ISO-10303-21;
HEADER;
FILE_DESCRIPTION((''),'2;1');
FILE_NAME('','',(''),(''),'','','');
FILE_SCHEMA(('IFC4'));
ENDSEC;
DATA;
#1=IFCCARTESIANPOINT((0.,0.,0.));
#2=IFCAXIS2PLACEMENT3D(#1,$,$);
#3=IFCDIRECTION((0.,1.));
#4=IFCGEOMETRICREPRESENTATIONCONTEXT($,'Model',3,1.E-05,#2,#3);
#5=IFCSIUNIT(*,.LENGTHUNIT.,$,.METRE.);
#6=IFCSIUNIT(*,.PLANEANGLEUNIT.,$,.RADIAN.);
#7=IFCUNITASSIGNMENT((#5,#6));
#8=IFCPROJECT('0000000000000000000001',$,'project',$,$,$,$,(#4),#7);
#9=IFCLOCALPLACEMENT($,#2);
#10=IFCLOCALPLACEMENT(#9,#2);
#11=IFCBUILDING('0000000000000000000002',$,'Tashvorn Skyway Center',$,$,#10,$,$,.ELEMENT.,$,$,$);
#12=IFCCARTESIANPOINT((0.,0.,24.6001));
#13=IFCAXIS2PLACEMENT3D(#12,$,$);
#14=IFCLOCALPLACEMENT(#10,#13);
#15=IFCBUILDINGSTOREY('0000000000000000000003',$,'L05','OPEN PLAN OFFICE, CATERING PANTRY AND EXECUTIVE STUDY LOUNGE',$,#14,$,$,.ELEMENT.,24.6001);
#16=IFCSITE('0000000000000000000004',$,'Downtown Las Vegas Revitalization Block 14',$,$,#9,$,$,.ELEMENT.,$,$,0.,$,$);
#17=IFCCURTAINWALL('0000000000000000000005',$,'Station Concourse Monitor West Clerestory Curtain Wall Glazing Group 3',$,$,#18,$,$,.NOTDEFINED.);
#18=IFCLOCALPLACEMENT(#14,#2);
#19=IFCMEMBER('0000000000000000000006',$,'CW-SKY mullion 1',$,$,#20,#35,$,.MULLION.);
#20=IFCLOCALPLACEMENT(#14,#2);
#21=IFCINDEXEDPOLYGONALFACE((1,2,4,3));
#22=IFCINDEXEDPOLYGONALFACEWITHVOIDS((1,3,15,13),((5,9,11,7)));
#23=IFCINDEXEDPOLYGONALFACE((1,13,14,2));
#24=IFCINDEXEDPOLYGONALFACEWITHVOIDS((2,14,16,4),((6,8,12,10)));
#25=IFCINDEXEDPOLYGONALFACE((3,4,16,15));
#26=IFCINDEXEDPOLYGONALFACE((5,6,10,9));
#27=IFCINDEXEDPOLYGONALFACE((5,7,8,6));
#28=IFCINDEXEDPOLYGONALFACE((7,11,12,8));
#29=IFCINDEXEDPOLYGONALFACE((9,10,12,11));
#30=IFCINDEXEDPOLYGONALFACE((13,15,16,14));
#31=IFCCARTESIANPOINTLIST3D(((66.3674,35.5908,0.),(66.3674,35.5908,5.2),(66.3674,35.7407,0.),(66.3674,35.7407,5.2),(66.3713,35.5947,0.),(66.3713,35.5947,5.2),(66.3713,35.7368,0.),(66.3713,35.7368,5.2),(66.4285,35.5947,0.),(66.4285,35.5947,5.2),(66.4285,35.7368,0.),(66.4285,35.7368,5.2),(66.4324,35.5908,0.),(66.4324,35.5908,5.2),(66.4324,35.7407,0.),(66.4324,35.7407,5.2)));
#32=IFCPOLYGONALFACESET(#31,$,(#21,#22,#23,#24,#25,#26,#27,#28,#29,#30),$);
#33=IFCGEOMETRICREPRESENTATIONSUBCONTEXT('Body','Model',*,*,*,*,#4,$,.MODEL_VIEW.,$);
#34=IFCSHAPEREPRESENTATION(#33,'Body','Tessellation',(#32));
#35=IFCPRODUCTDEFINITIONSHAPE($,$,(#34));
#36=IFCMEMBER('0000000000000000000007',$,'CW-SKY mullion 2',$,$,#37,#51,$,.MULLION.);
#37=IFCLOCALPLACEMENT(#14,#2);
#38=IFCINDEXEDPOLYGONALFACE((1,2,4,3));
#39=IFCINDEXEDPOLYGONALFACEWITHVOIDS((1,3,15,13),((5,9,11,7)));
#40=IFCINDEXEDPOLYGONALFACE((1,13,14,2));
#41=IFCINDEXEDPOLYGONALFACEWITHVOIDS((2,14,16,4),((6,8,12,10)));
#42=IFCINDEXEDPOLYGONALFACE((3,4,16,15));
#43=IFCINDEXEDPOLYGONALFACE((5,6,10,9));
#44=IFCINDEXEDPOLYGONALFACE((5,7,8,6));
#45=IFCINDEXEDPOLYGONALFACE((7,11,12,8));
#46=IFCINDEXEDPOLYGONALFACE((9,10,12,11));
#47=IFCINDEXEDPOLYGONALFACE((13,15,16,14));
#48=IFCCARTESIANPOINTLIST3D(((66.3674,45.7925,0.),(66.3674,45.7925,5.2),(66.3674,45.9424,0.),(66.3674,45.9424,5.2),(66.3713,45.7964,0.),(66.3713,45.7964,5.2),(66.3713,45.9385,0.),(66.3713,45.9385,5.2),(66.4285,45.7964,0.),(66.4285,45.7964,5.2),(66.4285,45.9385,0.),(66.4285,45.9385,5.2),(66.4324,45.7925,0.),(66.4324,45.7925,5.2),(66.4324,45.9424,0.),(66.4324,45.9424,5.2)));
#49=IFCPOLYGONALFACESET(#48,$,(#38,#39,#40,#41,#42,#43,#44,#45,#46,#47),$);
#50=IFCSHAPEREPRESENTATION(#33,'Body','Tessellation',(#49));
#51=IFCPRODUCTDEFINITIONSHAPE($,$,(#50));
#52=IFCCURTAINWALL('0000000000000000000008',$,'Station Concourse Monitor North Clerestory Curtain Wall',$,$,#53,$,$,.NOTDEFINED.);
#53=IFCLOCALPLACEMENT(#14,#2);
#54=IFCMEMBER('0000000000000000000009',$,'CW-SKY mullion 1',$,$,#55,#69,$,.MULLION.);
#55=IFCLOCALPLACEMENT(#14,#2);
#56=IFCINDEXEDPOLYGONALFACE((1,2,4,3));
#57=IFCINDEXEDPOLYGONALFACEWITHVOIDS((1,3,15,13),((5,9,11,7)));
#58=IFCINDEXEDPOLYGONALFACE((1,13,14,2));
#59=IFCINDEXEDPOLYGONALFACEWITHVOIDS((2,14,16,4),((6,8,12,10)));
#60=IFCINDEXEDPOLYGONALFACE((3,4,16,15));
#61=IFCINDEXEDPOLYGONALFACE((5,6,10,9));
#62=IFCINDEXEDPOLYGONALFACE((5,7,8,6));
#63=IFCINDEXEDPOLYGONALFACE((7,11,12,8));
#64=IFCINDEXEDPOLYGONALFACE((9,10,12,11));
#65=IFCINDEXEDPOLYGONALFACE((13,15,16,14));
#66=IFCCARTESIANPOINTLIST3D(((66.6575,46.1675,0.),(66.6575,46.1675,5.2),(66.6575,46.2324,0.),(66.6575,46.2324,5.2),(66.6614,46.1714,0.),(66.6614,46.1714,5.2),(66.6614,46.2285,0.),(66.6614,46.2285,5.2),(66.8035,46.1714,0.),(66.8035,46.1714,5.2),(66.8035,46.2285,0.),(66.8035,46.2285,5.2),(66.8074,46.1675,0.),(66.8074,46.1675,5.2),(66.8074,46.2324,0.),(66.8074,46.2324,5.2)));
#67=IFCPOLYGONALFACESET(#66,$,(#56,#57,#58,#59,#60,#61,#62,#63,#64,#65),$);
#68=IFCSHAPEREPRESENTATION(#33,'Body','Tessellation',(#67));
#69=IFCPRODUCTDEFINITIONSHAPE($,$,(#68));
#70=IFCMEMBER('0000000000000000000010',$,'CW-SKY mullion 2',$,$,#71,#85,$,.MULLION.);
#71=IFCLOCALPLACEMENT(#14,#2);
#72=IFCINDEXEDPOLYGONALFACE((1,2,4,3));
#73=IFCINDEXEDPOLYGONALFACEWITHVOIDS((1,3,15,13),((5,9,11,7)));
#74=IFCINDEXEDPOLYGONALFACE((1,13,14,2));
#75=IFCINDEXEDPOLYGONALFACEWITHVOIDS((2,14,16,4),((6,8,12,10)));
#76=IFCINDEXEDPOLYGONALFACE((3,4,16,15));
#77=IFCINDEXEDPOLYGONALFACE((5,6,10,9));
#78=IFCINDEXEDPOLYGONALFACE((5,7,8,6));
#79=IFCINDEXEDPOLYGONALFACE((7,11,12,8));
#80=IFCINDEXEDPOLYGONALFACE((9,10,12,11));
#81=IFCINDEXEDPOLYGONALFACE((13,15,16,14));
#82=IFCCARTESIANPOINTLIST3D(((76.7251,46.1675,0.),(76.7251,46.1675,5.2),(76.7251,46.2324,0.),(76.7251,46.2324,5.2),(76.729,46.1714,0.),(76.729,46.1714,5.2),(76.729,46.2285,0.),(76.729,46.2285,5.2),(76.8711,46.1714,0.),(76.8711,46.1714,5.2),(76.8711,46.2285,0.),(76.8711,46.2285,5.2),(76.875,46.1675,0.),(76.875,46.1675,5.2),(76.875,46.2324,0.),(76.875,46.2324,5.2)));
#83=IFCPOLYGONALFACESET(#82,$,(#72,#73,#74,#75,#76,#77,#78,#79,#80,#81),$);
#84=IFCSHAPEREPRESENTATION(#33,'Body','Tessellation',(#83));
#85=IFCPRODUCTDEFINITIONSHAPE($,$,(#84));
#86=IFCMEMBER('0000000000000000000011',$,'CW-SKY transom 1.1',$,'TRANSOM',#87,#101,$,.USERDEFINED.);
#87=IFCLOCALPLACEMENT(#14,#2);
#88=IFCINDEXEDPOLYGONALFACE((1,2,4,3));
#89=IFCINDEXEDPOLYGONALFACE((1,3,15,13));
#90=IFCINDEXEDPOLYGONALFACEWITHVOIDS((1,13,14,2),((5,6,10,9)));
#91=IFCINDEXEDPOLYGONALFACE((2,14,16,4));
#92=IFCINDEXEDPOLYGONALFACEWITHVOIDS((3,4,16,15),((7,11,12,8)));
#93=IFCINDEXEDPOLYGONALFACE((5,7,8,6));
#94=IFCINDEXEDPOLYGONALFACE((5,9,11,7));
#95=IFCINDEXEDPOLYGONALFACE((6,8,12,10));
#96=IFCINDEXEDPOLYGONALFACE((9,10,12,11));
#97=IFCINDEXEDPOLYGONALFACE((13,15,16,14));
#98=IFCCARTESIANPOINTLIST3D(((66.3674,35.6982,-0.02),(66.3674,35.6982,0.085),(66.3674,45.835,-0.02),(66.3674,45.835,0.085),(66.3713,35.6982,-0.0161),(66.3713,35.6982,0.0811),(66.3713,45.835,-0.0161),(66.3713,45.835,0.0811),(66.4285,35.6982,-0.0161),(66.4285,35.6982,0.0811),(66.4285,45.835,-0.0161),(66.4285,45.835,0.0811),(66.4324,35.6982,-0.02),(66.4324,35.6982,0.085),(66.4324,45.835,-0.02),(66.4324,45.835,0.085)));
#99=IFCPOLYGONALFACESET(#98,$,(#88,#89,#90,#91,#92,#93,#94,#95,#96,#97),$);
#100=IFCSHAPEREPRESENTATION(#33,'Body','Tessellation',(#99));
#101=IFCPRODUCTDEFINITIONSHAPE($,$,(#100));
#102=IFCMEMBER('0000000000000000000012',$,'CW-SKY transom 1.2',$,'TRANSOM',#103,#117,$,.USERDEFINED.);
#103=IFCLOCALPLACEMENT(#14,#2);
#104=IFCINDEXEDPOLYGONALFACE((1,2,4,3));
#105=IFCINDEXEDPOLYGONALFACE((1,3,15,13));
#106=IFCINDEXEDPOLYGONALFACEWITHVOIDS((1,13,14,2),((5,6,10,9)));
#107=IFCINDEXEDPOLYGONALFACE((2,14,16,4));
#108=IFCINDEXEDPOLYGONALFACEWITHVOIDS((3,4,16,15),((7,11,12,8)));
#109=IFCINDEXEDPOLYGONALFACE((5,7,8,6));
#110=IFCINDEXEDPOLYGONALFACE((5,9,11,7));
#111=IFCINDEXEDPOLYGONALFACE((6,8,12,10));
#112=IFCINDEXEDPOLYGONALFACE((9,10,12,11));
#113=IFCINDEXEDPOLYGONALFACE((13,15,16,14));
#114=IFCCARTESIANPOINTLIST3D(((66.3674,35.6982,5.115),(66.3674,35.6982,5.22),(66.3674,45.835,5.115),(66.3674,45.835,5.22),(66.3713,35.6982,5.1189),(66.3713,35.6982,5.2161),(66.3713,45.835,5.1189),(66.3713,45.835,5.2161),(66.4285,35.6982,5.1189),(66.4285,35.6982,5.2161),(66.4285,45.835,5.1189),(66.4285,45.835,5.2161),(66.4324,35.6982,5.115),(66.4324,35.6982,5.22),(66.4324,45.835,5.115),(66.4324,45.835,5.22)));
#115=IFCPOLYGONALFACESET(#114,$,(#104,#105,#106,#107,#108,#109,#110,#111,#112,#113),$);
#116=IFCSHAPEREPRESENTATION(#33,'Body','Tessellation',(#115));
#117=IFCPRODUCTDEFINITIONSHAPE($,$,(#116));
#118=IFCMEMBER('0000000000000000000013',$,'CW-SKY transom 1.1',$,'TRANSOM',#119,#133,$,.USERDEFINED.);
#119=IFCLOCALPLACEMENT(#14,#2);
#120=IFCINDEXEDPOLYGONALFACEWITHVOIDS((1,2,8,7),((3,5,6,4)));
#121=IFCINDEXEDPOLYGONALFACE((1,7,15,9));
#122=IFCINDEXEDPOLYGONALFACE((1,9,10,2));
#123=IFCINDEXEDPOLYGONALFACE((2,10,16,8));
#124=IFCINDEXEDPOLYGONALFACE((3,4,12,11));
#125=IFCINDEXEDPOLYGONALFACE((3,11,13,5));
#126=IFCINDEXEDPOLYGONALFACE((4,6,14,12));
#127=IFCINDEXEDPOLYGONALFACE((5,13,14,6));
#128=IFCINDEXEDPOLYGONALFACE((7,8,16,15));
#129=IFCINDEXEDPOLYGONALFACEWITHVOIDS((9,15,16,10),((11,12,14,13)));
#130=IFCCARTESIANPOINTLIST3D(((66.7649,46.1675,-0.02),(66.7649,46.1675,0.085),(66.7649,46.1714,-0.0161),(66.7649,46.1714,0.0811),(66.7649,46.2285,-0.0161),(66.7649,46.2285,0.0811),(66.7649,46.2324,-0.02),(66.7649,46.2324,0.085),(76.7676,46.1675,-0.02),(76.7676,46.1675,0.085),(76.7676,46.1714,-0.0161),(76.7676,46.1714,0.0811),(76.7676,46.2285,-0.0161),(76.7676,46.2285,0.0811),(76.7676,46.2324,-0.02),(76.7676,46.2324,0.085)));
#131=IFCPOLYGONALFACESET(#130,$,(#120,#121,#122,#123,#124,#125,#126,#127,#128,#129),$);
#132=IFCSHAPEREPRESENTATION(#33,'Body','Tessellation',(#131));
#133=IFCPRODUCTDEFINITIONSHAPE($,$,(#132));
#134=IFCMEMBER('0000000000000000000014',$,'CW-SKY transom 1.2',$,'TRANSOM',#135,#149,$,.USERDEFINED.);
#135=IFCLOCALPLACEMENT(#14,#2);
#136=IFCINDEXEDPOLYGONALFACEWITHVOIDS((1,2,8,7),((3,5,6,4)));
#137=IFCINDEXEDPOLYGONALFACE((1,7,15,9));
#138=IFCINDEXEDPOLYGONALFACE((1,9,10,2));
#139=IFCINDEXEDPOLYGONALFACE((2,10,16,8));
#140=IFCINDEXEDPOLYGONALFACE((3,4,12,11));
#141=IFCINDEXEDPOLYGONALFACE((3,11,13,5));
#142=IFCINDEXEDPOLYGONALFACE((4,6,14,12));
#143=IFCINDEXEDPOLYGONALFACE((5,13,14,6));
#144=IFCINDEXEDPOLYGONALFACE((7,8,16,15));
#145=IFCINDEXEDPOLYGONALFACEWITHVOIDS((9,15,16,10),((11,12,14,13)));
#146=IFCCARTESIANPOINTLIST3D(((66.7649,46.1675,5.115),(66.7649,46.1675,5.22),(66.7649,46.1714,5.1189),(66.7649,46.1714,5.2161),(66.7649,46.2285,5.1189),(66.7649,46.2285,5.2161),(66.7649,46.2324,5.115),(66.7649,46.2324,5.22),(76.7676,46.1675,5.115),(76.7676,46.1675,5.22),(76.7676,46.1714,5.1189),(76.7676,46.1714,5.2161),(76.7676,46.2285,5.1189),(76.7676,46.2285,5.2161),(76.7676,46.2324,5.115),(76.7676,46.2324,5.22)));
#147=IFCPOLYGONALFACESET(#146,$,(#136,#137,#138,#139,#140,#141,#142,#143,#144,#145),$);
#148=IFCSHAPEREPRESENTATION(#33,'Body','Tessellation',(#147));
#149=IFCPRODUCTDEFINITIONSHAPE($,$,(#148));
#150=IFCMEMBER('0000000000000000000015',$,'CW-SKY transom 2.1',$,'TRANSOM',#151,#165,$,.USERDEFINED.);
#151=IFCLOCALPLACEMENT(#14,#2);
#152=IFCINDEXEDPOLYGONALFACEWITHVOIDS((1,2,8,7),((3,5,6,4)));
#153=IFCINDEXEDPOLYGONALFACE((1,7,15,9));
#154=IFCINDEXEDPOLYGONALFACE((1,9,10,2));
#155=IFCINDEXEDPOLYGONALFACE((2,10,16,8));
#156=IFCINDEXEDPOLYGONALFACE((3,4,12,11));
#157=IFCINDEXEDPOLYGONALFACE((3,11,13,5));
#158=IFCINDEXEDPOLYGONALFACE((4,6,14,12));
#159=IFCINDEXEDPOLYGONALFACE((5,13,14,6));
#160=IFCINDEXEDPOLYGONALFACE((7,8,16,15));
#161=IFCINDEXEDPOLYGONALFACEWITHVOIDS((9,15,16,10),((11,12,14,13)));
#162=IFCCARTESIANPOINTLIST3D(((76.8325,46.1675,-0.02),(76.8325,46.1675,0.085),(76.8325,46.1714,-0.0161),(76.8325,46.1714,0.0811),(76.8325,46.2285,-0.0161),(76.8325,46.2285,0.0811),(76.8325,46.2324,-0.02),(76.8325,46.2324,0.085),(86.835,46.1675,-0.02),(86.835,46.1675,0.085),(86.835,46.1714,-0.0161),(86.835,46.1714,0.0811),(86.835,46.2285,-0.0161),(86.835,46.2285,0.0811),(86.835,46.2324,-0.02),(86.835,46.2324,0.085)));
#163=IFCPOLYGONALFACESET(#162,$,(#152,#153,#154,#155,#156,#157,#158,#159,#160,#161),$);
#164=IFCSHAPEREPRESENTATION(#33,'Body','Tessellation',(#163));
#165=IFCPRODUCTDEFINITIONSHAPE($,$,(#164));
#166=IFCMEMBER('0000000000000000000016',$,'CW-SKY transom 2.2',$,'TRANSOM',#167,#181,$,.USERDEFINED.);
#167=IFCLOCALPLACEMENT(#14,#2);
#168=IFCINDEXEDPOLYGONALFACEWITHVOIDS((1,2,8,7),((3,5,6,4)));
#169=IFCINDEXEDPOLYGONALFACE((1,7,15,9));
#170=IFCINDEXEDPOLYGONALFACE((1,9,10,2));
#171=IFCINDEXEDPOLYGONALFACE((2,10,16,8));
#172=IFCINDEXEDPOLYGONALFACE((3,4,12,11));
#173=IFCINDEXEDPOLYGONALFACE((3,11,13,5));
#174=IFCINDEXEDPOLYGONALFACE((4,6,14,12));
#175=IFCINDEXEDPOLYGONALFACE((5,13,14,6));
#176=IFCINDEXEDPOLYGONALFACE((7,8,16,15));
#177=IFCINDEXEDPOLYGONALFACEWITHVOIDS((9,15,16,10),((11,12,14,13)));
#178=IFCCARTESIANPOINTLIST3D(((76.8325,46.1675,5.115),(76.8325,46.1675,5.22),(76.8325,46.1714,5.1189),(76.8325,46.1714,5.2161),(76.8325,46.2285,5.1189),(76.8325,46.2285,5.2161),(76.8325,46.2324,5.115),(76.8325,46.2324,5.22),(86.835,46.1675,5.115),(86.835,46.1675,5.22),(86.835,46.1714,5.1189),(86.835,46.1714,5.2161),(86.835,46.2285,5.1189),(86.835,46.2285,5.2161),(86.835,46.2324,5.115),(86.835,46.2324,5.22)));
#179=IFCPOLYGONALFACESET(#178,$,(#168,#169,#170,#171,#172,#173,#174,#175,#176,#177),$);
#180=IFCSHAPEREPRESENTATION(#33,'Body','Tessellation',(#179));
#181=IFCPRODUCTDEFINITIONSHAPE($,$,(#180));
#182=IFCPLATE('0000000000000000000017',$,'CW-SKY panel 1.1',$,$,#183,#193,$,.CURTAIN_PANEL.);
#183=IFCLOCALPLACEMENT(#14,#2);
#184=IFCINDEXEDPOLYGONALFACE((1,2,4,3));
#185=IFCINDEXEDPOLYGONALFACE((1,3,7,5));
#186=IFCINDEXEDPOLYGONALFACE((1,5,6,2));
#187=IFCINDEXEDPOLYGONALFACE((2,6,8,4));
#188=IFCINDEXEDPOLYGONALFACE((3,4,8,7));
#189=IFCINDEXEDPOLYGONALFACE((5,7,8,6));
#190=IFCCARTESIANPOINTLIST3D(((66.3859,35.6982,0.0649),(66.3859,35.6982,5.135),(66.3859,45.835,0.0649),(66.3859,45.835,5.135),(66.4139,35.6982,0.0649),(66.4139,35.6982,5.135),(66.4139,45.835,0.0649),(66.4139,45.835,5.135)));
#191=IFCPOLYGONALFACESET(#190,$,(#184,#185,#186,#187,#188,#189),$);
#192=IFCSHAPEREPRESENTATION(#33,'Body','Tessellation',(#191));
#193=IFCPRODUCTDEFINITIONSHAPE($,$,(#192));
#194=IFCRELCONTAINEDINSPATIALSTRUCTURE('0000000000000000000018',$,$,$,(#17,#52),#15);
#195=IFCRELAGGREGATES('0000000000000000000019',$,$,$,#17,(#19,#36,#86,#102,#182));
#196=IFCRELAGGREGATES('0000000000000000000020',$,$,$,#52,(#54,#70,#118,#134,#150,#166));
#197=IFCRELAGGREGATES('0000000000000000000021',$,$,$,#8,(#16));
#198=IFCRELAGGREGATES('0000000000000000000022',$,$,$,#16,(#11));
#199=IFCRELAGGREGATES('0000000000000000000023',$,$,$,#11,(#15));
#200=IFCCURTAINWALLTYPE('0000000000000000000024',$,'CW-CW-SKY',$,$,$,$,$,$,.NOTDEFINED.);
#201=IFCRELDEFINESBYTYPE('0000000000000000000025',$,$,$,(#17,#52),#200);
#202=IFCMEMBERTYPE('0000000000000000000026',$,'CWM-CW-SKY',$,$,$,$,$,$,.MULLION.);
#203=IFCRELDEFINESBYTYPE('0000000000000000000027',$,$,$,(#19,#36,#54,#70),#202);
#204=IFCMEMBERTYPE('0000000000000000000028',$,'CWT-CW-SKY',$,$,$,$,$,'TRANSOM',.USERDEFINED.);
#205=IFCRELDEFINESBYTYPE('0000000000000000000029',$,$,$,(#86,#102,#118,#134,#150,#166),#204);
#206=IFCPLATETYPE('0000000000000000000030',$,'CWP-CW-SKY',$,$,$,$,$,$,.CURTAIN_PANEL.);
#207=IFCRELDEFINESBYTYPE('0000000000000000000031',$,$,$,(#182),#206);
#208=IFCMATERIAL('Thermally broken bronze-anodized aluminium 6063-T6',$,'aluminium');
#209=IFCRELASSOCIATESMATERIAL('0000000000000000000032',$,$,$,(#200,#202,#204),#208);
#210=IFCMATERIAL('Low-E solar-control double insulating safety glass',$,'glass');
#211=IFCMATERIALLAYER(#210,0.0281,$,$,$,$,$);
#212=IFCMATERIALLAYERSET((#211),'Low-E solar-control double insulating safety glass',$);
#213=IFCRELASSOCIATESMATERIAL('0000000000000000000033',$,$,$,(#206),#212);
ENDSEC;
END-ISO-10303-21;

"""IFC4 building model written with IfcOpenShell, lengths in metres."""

from ifc_helpers import new_model, si_unit, direction, frame, origin, origin_2d, place, context, subcontext, project, spatial, rectangle, hollow_rectangle, extrude, material, layer, layer_set, material_profile, profile_set, type_object, element, aggregate, save


model = new_model("IFC4")

# Units and contexts
model_context = context("Model", 3, precision=1e-05, world=origin(), true_north=direction((0.0, 1.0)))
body_context = subcontext(model_context, "Body", "Model", "MODEL_VIEW")
ifc_project = project(units=[si_unit("LENGTHUNIT", "METRE"), si_unit("PLANEANGLEUNIT", "RADIAN")], contexts=[model_context])

# Site, building, storey
site_placement = place(None, origin())
site = spatial("IfcSite", under=ifc_project, at=site_placement, Name="Downtown Las Vegas Revitalization Block 14", CompositionType="ELEMENT", RefElevation=0.0)
building_placement = place(site_placement, origin())
building = spatial("IfcBuilding", under=site, at=building_placement, Name="Tashvorn Skyway Center", CompositionType="ELEMENT")
storey_placement = place(building_placement, frame((0.0, 0.0, 24.6001)))
storey = spatial("IfcBuildingStorey", under=building, at=storey_placement, Name="L05", Description="OPEN PLAN OFFICE, CATERING PANTRY AND EXECUTIVE STUDY LOUNGE", CompositionType="ELEMENT", Elevation=24.6001)

# Curtain walls, members
ifc_material_1 = material(Name="Thermally broken bronze-anodized aluminium 6063-T6", Category="aluminium")
curtain_wall_type = type_object("IfcCurtainWallType", Name="CW-CW-SKY", PredefinedType="NOTDEFINED", material=ifc_material_1)
curtain_wall_1_placement = place(storey_placement, origin())
curtain_wall_1 = element("IfcCurtainWall", 1, at=curtain_wall_1_placement, inside=storey, type_object=curtain_wall_type, Name="Station Concourse Monitor West Clerestory Curtain Wall Glazing Group 3", PredefinedType="NOTDEFINED")
ifc_material_profile_1 = material_profile(ifc_material_1, hollow_rectangle(XDim=0.0649, YDim=0.1499, WallThickness=0.0039, at=origin_2d()), Name="ALU-MULL-65x150")
ifc_profile_set_1 = profile_set([ifc_material_profile_1], Name="Thermally broken bronze-anodized aluminium 6063-T6")
member_type_1 = type_object("IfcMemberType", Name="CWM-CW-SKY", PredefinedType="MULLION", material=ifc_profile_set_1)
member_1_placement = place(storey_placement, frame((66.3999, 35.6658, 0.0), z_axis=(0.0, 0.0, 1.0), x_axis=(-1.0, 0.0, 0.0)))
member_1 = element("IfcMember", 2, at=member_1_placement, type_object=member_type_1, Name="CW-SKY mullion 1", PredefinedType="MULLION", context=body_context, shape_type="SweptSolid", body=[
    extrude(hollow_rectangle(XDim=0.0649, YDim=0.1499, WallThickness=0.0039, at=origin_2d()), origin(), (0.0, 0.0, 1.0), 5.2),
])
member_2_placement = place(storey_placement, frame((66.3999, 45.8674, 0.0), z_axis=(0.0, 0.0, 1.0), x_axis=(-1.0, 0.0, 0.0)))
member_2 = element("IfcMember", 3, at=member_2_placement, type_object=member_type_1, Name="CW-SKY mullion 2", PredefinedType="MULLION", context=body_context, shape_type="SweptSolid", body=[
    extrude(hollow_rectangle(XDim=0.0649, YDim=0.1499, WallThickness=0.0039, at=origin_2d()), origin(), (0.0, 0.0, 1.0), 5.2),
])
curtain_wall_2_placement = place(storey_placement, origin())
curtain_wall_2 = element("IfcCurtainWall", 4, at=curtain_wall_2_placement, inside=storey, type_object=curtain_wall_type, Name="Station Concourse Monitor North Clerestory Curtain Wall", PredefinedType="NOTDEFINED")
member_3_placement = place(storey_placement, frame((66.7324, 46.2, 0.0), z_axis=(0.0, 0.0, 1.0), x_axis=(0.0, 1.0, 0.0)))
member_3 = element("IfcMember", 5, at=member_3_placement, type_object=member_type_1, Name="CW-SKY mullion 1", PredefinedType="MULLION", context=body_context, shape_type="SweptSolid", body=[
    extrude(hollow_rectangle(XDim=0.0649, YDim=0.1499, WallThickness=0.0039, at=origin_2d()), origin(), (0.0, 0.0, 1.0), 5.2),
])
member_4_placement = place(storey_placement, frame((76.8, 46.2, 0.0), z_axis=(0.0, 0.0, 1.0), x_axis=(0.0, 1.0, 0.0)))
member_4 = element("IfcMember", 6, at=member_4_placement, type_object=member_type_1, Name="CW-SKY mullion 2", PredefinedType="MULLION", context=body_context, shape_type="SweptSolid", body=[
    extrude(hollow_rectangle(XDim=0.0649, YDim=0.1499, WallThickness=0.0039, at=origin_2d()), origin(), (0.0, 0.0, 1.0), 5.2),
])

# Members
ifc_material_profile_2 = material_profile(ifc_material_1, hollow_rectangle(XDim=0.0649, YDim=0.105, WallThickness=0.0039, at=origin_2d()), Name="ALU-TRAN-65x105")
ifc_profile_set_2 = profile_set([ifc_material_profile_2], Name="Thermally broken bronze-anodized aluminium 6063-T6")
member_type_2 = type_object("IfcMemberType", Name="CWT-CW-SKY", ElementType="TRANSOM", PredefinedType="USERDEFINED", material=ifc_profile_set_2)
member_5_placement = place(storey_placement, frame((66.3999, 35.6982, 0.0325), z_axis=(0.0, 1.0, 0.0), x_axis=(-1.0, 0.0, 0.0)))
member_5 = element("IfcMember", 7, at=member_5_placement, type_object=member_type_2, Name="CW-SKY transom 1.1", ObjectType="TRANSOM", PredefinedType="USERDEFINED", context=body_context, shape_type="SweptSolid", body=[
    extrude(hollow_rectangle(XDim=0.0649, YDim=0.105, WallThickness=0.0039, at=origin_2d()), origin(), (0.0, 0.0, 1.0), 10.1367),
])
member_6_placement = place(storey_placement, frame((66.3999, 35.6982, 5.1675), z_axis=(0.0, 1.0, 0.0), x_axis=(-1.0, 0.0, 0.0)))
member_6 = element("IfcMember", 8, at=member_6_placement, type_object=member_type_2, Name="CW-SKY transom 1.2", ObjectType="TRANSOM", PredefinedType="USERDEFINED", context=body_context, shape_type="SweptSolid", body=[
    extrude(hollow_rectangle(XDim=0.0649, YDim=0.105, WallThickness=0.0039, at=origin_2d()), origin(), (0.0, 0.0, 1.0), 10.1367),
])
member_7_placement = place(storey_placement, frame((66.7649, 46.2, 0.0325), z_axis=(1.0, 0.0, 0.0), x_axis=(0.0, 1.0, 0.0)))
member_7 = element("IfcMember", 9, at=member_7_placement, type_object=member_type_2, Name="CW-SKY transom 1.1", ObjectType="TRANSOM", PredefinedType="USERDEFINED", context=body_context, shape_type="SweptSolid", body=[
    extrude(hollow_rectangle(XDim=0.0649, YDim=0.105, WallThickness=0.0039, at=origin_2d()), origin(), (0.0, 0.0, 1.0), 10.0027),
])
member_8_placement = place(storey_placement, frame((66.7649, 46.2, 5.1675), z_axis=(1.0, 0.0, 0.0), x_axis=(0.0, 1.0, 0.0)))
member_8 = element("IfcMember", 10, at=member_8_placement, type_object=member_type_2, Name="CW-SKY transom 1.2", ObjectType="TRANSOM", PredefinedType="USERDEFINED", context=body_context, shape_type="SweptSolid", body=[
    extrude(hollow_rectangle(XDim=0.0649, YDim=0.105, WallThickness=0.0039, at=origin_2d()), origin(), (0.0, 0.0, 1.0), 10.0027),
])
member_9_placement = place(storey_placement, frame((76.8325, 46.2, 0.0325), z_axis=(1.0, 0.0, 0.0), x_axis=(0.0, 1.0, 0.0)))
member_9 = element("IfcMember", 11, at=member_9_placement, type_object=member_type_2, Name="CW-SKY transom 2.1", ObjectType="TRANSOM", PredefinedType="USERDEFINED", context=body_context, shape_type="SweptSolid", body=[
    extrude(hollow_rectangle(XDim=0.0649, YDim=0.105, WallThickness=0.0039, at=origin_2d()), origin(), (0.0, 0.0, 1.0), 10.0024),
])
member_10_placement = place(storey_placement, frame((76.8325, 46.2, 5.1675), z_axis=(1.0, 0.0, 0.0), x_axis=(0.0, 1.0, 0.0)))
member_10 = element("IfcMember", 12, at=member_10_placement, type_object=member_type_2, Name="CW-SKY transom 2.2", ObjectType="TRANSOM", PredefinedType="USERDEFINED", context=body_context, shape_type="SweptSolid", body=[
    extrude(hollow_rectangle(XDim=0.0649, YDim=0.105, WallThickness=0.0039, at=origin_2d()), origin(), (0.0, 0.0, 1.0), 10.0024),
])

# Plate
ifc_material_2 = material(Name="Low-E solar-control double insulating safety glass", Category="glass")
ifc_layer_1 = layer(ifc_material_2, 0.0281)
ifc_layer_set_1 = layer_set([ifc_layer_1], Name="Low-E solar-control double insulating safety glass")
plate_type = type_object("IfcPlateType", Name="CWP-CW-SKY", PredefinedType="CURTAIN_PANEL", material=ifc_layer_set_1)
plate_1_placement = place(storey_placement, frame((66.3999, 40.7666, 0.0649), z_axis=(0.0, 0.0, 1.0), x_axis=(0.0, 1.0, 0.0)))
plate_1 = element("IfcPlate", 13, at=plate_1_placement, type_object=plate_type, Name="CW-SKY panel 1.1", PredefinedType="CURTAIN_PANEL", context=body_context, shape_type="SweptSolid", body=[
    extrude(rectangle(XDim=10.1367, YDim=0.0281, at=origin_2d()), origin(), (0.0, 0.0, 1.0), 5.0701),
])
aggregate(curtain_wall_1, [member_1, member_2, member_5, member_6, plate_1])
aggregate(curtain_wall_2, [member_3, member_4, member_7, member_8, member_9, member_10])

save(model, "model.ifc")
